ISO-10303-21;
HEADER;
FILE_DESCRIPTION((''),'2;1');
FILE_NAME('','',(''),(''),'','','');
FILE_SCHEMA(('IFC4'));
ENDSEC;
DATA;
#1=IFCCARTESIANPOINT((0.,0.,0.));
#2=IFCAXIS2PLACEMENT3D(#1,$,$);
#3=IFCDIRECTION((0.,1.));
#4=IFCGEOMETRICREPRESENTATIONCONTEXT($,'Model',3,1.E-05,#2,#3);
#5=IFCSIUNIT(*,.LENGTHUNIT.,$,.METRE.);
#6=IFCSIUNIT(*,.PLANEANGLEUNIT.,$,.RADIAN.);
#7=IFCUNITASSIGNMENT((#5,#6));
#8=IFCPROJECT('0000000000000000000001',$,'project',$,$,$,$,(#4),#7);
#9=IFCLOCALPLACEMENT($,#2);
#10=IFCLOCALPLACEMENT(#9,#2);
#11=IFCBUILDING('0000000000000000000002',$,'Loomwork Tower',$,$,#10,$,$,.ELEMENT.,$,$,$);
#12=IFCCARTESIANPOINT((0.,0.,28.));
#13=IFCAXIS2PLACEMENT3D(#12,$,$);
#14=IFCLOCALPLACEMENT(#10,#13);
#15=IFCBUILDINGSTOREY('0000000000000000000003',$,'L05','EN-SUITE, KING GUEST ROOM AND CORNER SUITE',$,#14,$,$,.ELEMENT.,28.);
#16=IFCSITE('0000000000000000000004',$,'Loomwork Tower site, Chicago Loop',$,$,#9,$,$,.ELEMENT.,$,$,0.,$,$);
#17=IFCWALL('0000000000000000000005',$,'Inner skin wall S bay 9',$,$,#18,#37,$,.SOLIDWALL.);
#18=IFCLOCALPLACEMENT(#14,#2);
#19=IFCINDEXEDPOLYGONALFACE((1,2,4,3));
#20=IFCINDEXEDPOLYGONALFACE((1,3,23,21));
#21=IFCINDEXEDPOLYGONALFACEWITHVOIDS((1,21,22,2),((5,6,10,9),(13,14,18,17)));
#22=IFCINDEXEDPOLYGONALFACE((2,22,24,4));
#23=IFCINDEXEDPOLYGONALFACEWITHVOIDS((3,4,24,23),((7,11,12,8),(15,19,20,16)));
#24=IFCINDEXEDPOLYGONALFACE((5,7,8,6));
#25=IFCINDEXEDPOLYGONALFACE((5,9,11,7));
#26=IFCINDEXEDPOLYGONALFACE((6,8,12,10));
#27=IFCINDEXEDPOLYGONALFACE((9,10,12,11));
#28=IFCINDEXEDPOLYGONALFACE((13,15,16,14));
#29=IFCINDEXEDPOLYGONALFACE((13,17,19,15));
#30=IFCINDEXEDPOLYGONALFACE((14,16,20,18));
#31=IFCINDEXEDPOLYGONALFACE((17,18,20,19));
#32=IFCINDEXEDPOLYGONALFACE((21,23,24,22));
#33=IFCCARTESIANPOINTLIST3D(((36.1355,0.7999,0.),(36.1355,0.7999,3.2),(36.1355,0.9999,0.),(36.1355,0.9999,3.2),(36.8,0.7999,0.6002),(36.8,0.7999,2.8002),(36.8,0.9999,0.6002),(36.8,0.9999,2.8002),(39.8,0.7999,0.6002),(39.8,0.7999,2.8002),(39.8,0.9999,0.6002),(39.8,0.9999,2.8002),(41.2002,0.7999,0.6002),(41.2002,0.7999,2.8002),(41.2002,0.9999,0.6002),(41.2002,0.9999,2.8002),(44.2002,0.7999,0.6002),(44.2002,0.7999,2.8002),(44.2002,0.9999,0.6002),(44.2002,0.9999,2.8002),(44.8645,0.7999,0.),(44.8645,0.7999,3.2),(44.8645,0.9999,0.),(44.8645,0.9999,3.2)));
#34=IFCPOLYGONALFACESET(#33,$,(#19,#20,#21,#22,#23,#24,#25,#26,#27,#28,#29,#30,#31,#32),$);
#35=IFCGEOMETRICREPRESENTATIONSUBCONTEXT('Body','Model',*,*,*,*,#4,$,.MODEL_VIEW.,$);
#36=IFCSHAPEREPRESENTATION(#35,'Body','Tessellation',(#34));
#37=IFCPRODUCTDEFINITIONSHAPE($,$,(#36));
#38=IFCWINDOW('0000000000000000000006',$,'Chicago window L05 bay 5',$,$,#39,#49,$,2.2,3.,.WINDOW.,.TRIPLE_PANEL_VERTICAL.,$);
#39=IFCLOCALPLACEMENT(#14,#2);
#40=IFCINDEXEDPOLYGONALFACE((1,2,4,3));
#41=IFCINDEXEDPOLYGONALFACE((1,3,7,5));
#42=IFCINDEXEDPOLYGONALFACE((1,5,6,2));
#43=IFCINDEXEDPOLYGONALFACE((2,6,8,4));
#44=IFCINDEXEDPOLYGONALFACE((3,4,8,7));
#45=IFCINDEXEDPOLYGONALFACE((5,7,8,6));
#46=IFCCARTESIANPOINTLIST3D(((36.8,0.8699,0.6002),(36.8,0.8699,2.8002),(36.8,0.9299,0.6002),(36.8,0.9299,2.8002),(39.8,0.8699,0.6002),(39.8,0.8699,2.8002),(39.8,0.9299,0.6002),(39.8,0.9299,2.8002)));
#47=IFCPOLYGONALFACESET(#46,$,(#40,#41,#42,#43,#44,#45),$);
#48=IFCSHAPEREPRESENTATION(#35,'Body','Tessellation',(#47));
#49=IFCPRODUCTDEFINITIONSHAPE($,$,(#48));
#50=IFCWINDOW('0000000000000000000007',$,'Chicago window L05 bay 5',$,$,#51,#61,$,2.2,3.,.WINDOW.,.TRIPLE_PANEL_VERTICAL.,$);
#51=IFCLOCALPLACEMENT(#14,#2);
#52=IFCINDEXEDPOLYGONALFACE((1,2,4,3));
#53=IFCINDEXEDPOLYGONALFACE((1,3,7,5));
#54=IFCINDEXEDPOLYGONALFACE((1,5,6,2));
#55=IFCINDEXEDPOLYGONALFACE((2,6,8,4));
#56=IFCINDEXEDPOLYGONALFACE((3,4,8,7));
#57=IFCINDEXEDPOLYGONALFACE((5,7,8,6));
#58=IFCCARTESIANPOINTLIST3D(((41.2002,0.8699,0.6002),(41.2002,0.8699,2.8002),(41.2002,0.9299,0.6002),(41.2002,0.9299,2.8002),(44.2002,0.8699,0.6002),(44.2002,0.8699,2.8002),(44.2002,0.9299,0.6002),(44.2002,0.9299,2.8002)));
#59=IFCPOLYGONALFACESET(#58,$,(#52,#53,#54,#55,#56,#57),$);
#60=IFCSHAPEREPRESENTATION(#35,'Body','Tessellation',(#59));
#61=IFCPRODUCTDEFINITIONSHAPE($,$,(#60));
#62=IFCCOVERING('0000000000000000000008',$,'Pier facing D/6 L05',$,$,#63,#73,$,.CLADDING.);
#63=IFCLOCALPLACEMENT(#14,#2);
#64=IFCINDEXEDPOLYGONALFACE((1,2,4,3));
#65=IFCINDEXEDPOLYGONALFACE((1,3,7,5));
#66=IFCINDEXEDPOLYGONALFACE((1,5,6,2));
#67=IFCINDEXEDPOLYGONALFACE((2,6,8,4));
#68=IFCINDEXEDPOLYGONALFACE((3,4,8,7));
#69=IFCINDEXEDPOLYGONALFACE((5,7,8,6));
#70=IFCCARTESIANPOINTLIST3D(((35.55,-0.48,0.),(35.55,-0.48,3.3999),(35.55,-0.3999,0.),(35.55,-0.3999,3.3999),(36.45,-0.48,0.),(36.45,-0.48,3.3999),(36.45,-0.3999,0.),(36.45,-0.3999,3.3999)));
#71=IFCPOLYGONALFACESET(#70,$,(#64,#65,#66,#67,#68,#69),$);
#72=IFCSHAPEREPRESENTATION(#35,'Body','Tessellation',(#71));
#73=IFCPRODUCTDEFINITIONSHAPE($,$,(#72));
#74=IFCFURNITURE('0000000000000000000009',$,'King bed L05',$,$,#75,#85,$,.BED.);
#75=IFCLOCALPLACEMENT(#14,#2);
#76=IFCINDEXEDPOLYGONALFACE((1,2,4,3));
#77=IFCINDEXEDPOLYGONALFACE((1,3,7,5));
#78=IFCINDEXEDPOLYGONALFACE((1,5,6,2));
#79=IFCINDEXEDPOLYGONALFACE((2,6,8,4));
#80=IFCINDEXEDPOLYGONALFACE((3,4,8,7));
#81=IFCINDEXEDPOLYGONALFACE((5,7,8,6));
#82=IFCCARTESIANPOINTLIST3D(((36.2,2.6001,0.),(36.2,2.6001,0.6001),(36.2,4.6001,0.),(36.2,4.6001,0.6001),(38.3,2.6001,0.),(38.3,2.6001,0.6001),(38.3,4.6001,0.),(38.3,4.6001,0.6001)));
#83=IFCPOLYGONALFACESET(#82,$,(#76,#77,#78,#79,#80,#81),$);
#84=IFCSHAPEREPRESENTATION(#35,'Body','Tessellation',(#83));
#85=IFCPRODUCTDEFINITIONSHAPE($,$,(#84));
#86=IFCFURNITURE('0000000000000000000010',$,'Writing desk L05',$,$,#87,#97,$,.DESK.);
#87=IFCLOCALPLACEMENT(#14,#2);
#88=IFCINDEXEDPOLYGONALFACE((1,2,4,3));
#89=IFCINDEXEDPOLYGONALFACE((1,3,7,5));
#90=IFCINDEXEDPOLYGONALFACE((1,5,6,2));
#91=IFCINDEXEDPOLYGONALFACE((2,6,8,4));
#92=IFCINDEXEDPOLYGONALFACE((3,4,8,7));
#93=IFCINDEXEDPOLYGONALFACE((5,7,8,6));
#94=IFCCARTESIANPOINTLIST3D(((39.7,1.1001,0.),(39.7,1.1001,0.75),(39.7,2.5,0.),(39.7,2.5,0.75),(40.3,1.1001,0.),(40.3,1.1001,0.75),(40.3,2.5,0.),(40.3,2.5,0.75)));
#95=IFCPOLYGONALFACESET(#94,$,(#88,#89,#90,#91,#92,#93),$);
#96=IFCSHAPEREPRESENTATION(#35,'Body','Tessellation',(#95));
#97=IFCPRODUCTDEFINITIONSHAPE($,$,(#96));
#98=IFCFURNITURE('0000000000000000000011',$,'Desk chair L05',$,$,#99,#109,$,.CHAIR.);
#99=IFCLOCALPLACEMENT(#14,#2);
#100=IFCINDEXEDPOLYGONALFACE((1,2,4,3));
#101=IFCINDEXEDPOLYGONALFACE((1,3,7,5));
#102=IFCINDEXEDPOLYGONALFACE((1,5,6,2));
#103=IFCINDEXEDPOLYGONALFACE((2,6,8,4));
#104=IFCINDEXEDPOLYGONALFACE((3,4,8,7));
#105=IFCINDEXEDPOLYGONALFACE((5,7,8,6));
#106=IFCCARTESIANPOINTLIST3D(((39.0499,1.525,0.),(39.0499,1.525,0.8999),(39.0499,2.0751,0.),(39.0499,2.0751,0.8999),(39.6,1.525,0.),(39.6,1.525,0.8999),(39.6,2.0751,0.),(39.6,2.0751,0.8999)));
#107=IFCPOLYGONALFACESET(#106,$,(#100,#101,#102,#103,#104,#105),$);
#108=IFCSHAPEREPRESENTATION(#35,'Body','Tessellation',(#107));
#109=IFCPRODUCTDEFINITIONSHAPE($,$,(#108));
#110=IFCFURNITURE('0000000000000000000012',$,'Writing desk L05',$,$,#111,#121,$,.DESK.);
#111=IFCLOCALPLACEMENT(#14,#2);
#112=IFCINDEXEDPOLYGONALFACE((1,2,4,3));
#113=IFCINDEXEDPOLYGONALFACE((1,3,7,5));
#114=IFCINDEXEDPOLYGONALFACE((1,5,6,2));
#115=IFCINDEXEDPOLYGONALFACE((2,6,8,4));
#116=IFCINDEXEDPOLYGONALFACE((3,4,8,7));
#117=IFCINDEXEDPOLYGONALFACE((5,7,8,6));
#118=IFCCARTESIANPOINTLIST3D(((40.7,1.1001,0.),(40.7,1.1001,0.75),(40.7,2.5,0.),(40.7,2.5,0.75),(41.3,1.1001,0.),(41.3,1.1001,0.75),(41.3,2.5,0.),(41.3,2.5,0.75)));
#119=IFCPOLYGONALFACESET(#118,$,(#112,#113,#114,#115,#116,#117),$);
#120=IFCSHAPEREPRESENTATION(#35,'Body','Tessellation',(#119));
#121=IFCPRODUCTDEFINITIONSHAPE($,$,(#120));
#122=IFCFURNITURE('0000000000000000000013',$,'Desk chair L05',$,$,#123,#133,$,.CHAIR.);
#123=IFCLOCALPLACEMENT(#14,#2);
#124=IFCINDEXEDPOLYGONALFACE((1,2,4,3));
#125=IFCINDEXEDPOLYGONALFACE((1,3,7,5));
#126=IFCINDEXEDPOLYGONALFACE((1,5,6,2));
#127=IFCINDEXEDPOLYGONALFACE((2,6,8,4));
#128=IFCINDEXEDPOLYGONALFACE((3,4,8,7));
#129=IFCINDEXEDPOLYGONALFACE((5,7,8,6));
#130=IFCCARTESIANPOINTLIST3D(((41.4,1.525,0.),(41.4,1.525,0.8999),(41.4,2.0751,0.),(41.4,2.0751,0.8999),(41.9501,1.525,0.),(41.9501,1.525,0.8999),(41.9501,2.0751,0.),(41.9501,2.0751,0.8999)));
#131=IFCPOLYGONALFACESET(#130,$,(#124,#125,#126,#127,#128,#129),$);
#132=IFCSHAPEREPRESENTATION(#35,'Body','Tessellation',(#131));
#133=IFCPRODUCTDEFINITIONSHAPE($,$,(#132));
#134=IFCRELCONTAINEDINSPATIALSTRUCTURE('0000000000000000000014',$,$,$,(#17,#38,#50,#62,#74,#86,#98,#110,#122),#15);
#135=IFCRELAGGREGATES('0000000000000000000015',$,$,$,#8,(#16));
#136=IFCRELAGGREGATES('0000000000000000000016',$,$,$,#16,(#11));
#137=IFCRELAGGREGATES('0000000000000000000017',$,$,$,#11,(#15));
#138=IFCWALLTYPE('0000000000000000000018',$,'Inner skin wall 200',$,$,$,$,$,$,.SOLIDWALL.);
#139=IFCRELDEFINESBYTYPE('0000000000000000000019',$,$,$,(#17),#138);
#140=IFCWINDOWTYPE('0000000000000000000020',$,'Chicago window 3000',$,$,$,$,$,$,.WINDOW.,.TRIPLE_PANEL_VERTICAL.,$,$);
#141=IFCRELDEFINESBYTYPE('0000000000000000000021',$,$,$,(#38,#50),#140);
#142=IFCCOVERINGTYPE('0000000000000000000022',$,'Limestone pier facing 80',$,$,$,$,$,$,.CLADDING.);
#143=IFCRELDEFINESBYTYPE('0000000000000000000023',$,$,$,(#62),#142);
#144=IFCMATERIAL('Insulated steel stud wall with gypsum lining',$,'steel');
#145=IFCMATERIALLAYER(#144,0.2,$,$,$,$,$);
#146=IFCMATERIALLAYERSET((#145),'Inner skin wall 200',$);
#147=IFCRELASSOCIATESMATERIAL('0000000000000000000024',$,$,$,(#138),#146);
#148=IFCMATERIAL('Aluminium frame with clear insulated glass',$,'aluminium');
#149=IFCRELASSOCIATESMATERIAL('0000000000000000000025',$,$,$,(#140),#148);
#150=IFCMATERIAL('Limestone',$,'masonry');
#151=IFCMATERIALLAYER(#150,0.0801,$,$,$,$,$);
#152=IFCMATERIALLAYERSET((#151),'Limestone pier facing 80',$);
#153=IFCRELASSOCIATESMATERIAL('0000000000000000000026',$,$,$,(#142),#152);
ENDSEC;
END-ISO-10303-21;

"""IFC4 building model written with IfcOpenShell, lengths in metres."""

from ifc_helpers import new_model, si_unit, direction, frame, frame_2d, origin, origin_2d, place, context, subcontext, project, spatial, rectangle, extrude, material, layer, layer_set, type_object, element, fill, save


model = new_model("IFC4")

# Units and contexts
model_context = context("Model", 3, precision=1e-05, world=origin(), true_north=direction((0.0, 1.0)))
body_context = subcontext(model_context, "Body", "Model", "MODEL_VIEW")
ifc_project = project(units=[si_unit("LENGTHUNIT", "METRE"), si_unit("PLANEANGLEUNIT", "RADIAN")], contexts=[model_context])

# Site, building, storey
site_placement = place(None, origin())
site = spatial("IfcSite", under=ifc_project, at=site_placement, Name="Loomwork Tower site, Chicago Loop", CompositionType="ELEMENT", RefElevation=0.0)
building_placement = place(site_placement, origin())
building = spatial("IfcBuilding", under=site, at=building_placement, Name="Loomwork Tower", CompositionType="ELEMENT")
storey_placement = place(building_placement, frame((0.0, 0.0, 28.0)))
storey = spatial("IfcBuildingStorey", under=building, at=storey_placement, Name="L05", Description="EN-SUITE, KING GUEST ROOM AND CORNER SUITE", CompositionType="ELEMENT", Elevation=28.0)

# Wall, openings, windows
ifc_material_1 = material(Name="Insulated steel stud wall with gypsum lining", Category="steel")
ifc_layer_1 = layer(ifc_material_1, 0.2)
ifc_layer_set_1 = layer_set([ifc_layer_1], Name="Inner skin wall 200")
wall_type_1 = type_object("IfcWallType", Name="Inner skin wall 200", PredefinedType="SOLIDWALL", material=ifc_layer_set_1)
wall_1_placement = place(storey_placement, frame((36.1355, 0.8999, 0.0), z_axis=(0.0, 0.0, 1.0), x_axis=(1.0, 0.0, 0.0)))
wall_1 = element("IfcWall", 1, at=wall_1_placement, inside=storey, type_object=wall_type_1, Name="Inner skin wall S bay 9", PredefinedType="SOLIDWALL", context=body_context, shape_type="SweptSolid", body=[
    extrude(rectangle(XDim=8.729, YDim=0.2, at=frame_2d((4.3645, 0.0))), origin(), (0.0, 0.0, 1.0), 3.2),
])
opening_1_placement = place(wall_1_placement, frame((0.6646, 0.0, 0.6001)))
opening_1 = element("IfcOpeningElement", 2, at=opening_1_placement, cuts=wall_1, PredefinedType="OPENING", context=body_context, shape_type="SweptSolid", body=[
    extrude(rectangle(XDim=3.0, YDim=2.2, at=frame_2d((1.5, 1.1001))), frame((0.0, 0.1099, 0.0), z_axis=(0.0, -1.0, 0.0), x_axis=(1.0, 0.0, 0.0)), (0.0, 0.0, 1.0), 0.22),
])
opening_2_placement = place(wall_1_placement, frame((5.0647, 0.0, 0.6001)))
opening_2 = element("IfcOpeningElement", 3, at=opening_2_placement, cuts=wall_1, PredefinedType="OPENING", context=body_context, shape_type="SweptSolid", body=[
    extrude(rectangle(XDim=3.0, YDim=2.2, at=frame_2d((1.5, 1.1001))), frame((0.0, 0.1099, 0.0), z_axis=(0.0, -1.0, 0.0), x_axis=(1.0, 0.0, 0.0)), (0.0, 0.0, 1.0), 0.22),
])
ifc_material_2 = material(Name="Aluminium frame with clear insulated glass", Category="aluminium")
window_type = type_object("IfcWindowType", Name="Chicago window 3000", PartitioningType="TRIPLE_PANEL_VERTICAL", PredefinedType="WINDOW", material=ifc_material_2)
window_1_placement = place(opening_1_placement, origin())
window_1 = element("IfcWindow", 4, at=window_1_placement, inside=storey, type_object=window_type, Name="Chicago window L05 bay 5", OverallHeight=2.2, OverallWidth=3.0, PartitioningType="TRIPLE_PANEL_VERTICAL", PredefinedType="WINDOW", context=body_context, shape_type="SweptSolid", body=[
    extrude(rectangle(XDim=3.0, YDim=2.2, at=frame_2d((1.5, 1.1001))), frame((0.0, 0.03, 0.0), z_axis=(0.0, -1.0, 0.0), x_axis=(1.0, 0.0, 0.0)), (0.0, 0.0, 1.0), 0.0601),
])
fill(opening_1, window_1)
window_2_placement = place(opening_2_placement, origin())
window_2 = element("IfcWindow", 5, at=window_2_placement, inside=storey, type_object=window_type, Name="Chicago window L05 bay 5", OverallHeight=2.2, OverallWidth=3.0, PartitioningType="TRIPLE_PANEL_VERTICAL", PredefinedType="WINDOW", context=body_context, shape_type="SweptSolid", body=[
    extrude(rectangle(XDim=3.0, YDim=2.2, at=frame_2d((1.5, 1.1001))), frame((0.0, 0.03, 0.0), z_axis=(0.0, -1.0, 0.0), x_axis=(1.0, 0.0, 0.0)), (0.0, 0.0, 1.0), 0.0601),
])
fill(opening_2, window_2)

# Covering
ifc_material_3 = material(Name="Limestone", Category="masonry")
ifc_layer_2 = layer(ifc_material_3, 0.0801)
ifc_layer_set_2 = layer_set([ifc_layer_2], Name="Limestone pier facing 80")
covering_type = type_object("IfcCoveringType", Name="Limestone pier facing 80", PredefinedType="CLADDING", material=ifc_layer_set_2)
covering_placement = place(storey_placement, frame((36.0, -0.4399, 0.0), z_axis=(0.0, 0.0, 1.0), x_axis=(1.0, 0.0, 0.0)))
element("IfcCovering", 6, at=covering_placement, inside=storey, type_object=covering_type, Name="Pier facing D/6 L05", PredefinedType="CLADDING", context=body_context, shape_type="SweptSolid", body=[
    extrude(rectangle(XDim=0.8999, YDim=0.0801, at=origin_2d()), origin(), (0.0, 0.0, 1.0), 3.3999),
])

# Furniture
furniture_1_placement = place(storey_placement, frame((37.25, 3.6001, 0.0), z_axis=(0.0, 0.0, 1.0), x_axis=(1.0, 0.0, 0.0)))
element("IfcFurniture", 7, at=furniture_1_placement, inside=storey, Name="King bed L05", PredefinedType="BED", context=body_context, shape_type="SweptSolid", body=[
    extrude(rectangle(XDim=2.1001, YDim=2.0, at=origin_2d()), origin(), (0.0, 0.0, 1.0), 0.6001),
])
furniture_2_placement = place(storey_placement, frame((40.0, 1.8, 0.0), z_axis=(0.0, 0.0, 1.0), x_axis=(1.0, 0.0, 0.0)))
element("IfcFurniture", 8, at=furniture_2_placement, inside=storey, Name="Writing desk L05", PredefinedType="DESK", context=body_context, shape_type="SweptSolid", body=[
    extrude(rectangle(XDim=0.6001, YDim=1.3999, at=origin_2d()), origin(), (0.0, 0.0, 1.0), 0.75),
])
furniture_3_placement = place(storey_placement, frame((39.325, 1.8, 0.0), z_axis=(0.0, 0.0, 1.0), x_axis=(1.0, 0.0, 0.0)))
element("IfcFurniture", 9, at=furniture_3_placement, inside=storey, Name="Desk chair L05", PredefinedType="CHAIR", context=body_context, shape_type="SweptSolid", body=[
    extrude(rectangle(XDim=0.55, YDim=0.55, at=origin_2d()), origin(), (0.0, 0.0, 1.0), 0.8999),
])
furniture_4_placement = place(storey_placement, frame((41.0, 1.8, 0.0), z_axis=(0.0, 0.0, 1.0), x_axis=(1.0, 0.0, 0.0)))
element("IfcFurniture", 10, at=furniture_4_placement, inside=storey, Name="Writing desk L05", PredefinedType="DESK", context=body_context, shape_type="SweptSolid", body=[
    extrude(rectangle(XDim=0.6001, YDim=1.3999, at=origin_2d()), origin(), (0.0, 0.0, 1.0), 0.75),
])
furniture_5_placement = place(storey_placement, frame((41.675, 1.8, 0.0), z_axis=(0.0, 0.0, 1.0), x_axis=(1.0, 0.0, 0.0)))
element("IfcFurniture", 11, at=furniture_5_placement, inside=storey, Name="Desk chair L05", PredefinedType="CHAIR", context=body_context, shape_type="SweptSolid", body=[
    extrude(rectangle(XDim=0.55, YDim=0.55, at=origin_2d()), origin(), (0.0, 0.0, 1.0), 0.8999),
])

save(model, "model.ifc")
